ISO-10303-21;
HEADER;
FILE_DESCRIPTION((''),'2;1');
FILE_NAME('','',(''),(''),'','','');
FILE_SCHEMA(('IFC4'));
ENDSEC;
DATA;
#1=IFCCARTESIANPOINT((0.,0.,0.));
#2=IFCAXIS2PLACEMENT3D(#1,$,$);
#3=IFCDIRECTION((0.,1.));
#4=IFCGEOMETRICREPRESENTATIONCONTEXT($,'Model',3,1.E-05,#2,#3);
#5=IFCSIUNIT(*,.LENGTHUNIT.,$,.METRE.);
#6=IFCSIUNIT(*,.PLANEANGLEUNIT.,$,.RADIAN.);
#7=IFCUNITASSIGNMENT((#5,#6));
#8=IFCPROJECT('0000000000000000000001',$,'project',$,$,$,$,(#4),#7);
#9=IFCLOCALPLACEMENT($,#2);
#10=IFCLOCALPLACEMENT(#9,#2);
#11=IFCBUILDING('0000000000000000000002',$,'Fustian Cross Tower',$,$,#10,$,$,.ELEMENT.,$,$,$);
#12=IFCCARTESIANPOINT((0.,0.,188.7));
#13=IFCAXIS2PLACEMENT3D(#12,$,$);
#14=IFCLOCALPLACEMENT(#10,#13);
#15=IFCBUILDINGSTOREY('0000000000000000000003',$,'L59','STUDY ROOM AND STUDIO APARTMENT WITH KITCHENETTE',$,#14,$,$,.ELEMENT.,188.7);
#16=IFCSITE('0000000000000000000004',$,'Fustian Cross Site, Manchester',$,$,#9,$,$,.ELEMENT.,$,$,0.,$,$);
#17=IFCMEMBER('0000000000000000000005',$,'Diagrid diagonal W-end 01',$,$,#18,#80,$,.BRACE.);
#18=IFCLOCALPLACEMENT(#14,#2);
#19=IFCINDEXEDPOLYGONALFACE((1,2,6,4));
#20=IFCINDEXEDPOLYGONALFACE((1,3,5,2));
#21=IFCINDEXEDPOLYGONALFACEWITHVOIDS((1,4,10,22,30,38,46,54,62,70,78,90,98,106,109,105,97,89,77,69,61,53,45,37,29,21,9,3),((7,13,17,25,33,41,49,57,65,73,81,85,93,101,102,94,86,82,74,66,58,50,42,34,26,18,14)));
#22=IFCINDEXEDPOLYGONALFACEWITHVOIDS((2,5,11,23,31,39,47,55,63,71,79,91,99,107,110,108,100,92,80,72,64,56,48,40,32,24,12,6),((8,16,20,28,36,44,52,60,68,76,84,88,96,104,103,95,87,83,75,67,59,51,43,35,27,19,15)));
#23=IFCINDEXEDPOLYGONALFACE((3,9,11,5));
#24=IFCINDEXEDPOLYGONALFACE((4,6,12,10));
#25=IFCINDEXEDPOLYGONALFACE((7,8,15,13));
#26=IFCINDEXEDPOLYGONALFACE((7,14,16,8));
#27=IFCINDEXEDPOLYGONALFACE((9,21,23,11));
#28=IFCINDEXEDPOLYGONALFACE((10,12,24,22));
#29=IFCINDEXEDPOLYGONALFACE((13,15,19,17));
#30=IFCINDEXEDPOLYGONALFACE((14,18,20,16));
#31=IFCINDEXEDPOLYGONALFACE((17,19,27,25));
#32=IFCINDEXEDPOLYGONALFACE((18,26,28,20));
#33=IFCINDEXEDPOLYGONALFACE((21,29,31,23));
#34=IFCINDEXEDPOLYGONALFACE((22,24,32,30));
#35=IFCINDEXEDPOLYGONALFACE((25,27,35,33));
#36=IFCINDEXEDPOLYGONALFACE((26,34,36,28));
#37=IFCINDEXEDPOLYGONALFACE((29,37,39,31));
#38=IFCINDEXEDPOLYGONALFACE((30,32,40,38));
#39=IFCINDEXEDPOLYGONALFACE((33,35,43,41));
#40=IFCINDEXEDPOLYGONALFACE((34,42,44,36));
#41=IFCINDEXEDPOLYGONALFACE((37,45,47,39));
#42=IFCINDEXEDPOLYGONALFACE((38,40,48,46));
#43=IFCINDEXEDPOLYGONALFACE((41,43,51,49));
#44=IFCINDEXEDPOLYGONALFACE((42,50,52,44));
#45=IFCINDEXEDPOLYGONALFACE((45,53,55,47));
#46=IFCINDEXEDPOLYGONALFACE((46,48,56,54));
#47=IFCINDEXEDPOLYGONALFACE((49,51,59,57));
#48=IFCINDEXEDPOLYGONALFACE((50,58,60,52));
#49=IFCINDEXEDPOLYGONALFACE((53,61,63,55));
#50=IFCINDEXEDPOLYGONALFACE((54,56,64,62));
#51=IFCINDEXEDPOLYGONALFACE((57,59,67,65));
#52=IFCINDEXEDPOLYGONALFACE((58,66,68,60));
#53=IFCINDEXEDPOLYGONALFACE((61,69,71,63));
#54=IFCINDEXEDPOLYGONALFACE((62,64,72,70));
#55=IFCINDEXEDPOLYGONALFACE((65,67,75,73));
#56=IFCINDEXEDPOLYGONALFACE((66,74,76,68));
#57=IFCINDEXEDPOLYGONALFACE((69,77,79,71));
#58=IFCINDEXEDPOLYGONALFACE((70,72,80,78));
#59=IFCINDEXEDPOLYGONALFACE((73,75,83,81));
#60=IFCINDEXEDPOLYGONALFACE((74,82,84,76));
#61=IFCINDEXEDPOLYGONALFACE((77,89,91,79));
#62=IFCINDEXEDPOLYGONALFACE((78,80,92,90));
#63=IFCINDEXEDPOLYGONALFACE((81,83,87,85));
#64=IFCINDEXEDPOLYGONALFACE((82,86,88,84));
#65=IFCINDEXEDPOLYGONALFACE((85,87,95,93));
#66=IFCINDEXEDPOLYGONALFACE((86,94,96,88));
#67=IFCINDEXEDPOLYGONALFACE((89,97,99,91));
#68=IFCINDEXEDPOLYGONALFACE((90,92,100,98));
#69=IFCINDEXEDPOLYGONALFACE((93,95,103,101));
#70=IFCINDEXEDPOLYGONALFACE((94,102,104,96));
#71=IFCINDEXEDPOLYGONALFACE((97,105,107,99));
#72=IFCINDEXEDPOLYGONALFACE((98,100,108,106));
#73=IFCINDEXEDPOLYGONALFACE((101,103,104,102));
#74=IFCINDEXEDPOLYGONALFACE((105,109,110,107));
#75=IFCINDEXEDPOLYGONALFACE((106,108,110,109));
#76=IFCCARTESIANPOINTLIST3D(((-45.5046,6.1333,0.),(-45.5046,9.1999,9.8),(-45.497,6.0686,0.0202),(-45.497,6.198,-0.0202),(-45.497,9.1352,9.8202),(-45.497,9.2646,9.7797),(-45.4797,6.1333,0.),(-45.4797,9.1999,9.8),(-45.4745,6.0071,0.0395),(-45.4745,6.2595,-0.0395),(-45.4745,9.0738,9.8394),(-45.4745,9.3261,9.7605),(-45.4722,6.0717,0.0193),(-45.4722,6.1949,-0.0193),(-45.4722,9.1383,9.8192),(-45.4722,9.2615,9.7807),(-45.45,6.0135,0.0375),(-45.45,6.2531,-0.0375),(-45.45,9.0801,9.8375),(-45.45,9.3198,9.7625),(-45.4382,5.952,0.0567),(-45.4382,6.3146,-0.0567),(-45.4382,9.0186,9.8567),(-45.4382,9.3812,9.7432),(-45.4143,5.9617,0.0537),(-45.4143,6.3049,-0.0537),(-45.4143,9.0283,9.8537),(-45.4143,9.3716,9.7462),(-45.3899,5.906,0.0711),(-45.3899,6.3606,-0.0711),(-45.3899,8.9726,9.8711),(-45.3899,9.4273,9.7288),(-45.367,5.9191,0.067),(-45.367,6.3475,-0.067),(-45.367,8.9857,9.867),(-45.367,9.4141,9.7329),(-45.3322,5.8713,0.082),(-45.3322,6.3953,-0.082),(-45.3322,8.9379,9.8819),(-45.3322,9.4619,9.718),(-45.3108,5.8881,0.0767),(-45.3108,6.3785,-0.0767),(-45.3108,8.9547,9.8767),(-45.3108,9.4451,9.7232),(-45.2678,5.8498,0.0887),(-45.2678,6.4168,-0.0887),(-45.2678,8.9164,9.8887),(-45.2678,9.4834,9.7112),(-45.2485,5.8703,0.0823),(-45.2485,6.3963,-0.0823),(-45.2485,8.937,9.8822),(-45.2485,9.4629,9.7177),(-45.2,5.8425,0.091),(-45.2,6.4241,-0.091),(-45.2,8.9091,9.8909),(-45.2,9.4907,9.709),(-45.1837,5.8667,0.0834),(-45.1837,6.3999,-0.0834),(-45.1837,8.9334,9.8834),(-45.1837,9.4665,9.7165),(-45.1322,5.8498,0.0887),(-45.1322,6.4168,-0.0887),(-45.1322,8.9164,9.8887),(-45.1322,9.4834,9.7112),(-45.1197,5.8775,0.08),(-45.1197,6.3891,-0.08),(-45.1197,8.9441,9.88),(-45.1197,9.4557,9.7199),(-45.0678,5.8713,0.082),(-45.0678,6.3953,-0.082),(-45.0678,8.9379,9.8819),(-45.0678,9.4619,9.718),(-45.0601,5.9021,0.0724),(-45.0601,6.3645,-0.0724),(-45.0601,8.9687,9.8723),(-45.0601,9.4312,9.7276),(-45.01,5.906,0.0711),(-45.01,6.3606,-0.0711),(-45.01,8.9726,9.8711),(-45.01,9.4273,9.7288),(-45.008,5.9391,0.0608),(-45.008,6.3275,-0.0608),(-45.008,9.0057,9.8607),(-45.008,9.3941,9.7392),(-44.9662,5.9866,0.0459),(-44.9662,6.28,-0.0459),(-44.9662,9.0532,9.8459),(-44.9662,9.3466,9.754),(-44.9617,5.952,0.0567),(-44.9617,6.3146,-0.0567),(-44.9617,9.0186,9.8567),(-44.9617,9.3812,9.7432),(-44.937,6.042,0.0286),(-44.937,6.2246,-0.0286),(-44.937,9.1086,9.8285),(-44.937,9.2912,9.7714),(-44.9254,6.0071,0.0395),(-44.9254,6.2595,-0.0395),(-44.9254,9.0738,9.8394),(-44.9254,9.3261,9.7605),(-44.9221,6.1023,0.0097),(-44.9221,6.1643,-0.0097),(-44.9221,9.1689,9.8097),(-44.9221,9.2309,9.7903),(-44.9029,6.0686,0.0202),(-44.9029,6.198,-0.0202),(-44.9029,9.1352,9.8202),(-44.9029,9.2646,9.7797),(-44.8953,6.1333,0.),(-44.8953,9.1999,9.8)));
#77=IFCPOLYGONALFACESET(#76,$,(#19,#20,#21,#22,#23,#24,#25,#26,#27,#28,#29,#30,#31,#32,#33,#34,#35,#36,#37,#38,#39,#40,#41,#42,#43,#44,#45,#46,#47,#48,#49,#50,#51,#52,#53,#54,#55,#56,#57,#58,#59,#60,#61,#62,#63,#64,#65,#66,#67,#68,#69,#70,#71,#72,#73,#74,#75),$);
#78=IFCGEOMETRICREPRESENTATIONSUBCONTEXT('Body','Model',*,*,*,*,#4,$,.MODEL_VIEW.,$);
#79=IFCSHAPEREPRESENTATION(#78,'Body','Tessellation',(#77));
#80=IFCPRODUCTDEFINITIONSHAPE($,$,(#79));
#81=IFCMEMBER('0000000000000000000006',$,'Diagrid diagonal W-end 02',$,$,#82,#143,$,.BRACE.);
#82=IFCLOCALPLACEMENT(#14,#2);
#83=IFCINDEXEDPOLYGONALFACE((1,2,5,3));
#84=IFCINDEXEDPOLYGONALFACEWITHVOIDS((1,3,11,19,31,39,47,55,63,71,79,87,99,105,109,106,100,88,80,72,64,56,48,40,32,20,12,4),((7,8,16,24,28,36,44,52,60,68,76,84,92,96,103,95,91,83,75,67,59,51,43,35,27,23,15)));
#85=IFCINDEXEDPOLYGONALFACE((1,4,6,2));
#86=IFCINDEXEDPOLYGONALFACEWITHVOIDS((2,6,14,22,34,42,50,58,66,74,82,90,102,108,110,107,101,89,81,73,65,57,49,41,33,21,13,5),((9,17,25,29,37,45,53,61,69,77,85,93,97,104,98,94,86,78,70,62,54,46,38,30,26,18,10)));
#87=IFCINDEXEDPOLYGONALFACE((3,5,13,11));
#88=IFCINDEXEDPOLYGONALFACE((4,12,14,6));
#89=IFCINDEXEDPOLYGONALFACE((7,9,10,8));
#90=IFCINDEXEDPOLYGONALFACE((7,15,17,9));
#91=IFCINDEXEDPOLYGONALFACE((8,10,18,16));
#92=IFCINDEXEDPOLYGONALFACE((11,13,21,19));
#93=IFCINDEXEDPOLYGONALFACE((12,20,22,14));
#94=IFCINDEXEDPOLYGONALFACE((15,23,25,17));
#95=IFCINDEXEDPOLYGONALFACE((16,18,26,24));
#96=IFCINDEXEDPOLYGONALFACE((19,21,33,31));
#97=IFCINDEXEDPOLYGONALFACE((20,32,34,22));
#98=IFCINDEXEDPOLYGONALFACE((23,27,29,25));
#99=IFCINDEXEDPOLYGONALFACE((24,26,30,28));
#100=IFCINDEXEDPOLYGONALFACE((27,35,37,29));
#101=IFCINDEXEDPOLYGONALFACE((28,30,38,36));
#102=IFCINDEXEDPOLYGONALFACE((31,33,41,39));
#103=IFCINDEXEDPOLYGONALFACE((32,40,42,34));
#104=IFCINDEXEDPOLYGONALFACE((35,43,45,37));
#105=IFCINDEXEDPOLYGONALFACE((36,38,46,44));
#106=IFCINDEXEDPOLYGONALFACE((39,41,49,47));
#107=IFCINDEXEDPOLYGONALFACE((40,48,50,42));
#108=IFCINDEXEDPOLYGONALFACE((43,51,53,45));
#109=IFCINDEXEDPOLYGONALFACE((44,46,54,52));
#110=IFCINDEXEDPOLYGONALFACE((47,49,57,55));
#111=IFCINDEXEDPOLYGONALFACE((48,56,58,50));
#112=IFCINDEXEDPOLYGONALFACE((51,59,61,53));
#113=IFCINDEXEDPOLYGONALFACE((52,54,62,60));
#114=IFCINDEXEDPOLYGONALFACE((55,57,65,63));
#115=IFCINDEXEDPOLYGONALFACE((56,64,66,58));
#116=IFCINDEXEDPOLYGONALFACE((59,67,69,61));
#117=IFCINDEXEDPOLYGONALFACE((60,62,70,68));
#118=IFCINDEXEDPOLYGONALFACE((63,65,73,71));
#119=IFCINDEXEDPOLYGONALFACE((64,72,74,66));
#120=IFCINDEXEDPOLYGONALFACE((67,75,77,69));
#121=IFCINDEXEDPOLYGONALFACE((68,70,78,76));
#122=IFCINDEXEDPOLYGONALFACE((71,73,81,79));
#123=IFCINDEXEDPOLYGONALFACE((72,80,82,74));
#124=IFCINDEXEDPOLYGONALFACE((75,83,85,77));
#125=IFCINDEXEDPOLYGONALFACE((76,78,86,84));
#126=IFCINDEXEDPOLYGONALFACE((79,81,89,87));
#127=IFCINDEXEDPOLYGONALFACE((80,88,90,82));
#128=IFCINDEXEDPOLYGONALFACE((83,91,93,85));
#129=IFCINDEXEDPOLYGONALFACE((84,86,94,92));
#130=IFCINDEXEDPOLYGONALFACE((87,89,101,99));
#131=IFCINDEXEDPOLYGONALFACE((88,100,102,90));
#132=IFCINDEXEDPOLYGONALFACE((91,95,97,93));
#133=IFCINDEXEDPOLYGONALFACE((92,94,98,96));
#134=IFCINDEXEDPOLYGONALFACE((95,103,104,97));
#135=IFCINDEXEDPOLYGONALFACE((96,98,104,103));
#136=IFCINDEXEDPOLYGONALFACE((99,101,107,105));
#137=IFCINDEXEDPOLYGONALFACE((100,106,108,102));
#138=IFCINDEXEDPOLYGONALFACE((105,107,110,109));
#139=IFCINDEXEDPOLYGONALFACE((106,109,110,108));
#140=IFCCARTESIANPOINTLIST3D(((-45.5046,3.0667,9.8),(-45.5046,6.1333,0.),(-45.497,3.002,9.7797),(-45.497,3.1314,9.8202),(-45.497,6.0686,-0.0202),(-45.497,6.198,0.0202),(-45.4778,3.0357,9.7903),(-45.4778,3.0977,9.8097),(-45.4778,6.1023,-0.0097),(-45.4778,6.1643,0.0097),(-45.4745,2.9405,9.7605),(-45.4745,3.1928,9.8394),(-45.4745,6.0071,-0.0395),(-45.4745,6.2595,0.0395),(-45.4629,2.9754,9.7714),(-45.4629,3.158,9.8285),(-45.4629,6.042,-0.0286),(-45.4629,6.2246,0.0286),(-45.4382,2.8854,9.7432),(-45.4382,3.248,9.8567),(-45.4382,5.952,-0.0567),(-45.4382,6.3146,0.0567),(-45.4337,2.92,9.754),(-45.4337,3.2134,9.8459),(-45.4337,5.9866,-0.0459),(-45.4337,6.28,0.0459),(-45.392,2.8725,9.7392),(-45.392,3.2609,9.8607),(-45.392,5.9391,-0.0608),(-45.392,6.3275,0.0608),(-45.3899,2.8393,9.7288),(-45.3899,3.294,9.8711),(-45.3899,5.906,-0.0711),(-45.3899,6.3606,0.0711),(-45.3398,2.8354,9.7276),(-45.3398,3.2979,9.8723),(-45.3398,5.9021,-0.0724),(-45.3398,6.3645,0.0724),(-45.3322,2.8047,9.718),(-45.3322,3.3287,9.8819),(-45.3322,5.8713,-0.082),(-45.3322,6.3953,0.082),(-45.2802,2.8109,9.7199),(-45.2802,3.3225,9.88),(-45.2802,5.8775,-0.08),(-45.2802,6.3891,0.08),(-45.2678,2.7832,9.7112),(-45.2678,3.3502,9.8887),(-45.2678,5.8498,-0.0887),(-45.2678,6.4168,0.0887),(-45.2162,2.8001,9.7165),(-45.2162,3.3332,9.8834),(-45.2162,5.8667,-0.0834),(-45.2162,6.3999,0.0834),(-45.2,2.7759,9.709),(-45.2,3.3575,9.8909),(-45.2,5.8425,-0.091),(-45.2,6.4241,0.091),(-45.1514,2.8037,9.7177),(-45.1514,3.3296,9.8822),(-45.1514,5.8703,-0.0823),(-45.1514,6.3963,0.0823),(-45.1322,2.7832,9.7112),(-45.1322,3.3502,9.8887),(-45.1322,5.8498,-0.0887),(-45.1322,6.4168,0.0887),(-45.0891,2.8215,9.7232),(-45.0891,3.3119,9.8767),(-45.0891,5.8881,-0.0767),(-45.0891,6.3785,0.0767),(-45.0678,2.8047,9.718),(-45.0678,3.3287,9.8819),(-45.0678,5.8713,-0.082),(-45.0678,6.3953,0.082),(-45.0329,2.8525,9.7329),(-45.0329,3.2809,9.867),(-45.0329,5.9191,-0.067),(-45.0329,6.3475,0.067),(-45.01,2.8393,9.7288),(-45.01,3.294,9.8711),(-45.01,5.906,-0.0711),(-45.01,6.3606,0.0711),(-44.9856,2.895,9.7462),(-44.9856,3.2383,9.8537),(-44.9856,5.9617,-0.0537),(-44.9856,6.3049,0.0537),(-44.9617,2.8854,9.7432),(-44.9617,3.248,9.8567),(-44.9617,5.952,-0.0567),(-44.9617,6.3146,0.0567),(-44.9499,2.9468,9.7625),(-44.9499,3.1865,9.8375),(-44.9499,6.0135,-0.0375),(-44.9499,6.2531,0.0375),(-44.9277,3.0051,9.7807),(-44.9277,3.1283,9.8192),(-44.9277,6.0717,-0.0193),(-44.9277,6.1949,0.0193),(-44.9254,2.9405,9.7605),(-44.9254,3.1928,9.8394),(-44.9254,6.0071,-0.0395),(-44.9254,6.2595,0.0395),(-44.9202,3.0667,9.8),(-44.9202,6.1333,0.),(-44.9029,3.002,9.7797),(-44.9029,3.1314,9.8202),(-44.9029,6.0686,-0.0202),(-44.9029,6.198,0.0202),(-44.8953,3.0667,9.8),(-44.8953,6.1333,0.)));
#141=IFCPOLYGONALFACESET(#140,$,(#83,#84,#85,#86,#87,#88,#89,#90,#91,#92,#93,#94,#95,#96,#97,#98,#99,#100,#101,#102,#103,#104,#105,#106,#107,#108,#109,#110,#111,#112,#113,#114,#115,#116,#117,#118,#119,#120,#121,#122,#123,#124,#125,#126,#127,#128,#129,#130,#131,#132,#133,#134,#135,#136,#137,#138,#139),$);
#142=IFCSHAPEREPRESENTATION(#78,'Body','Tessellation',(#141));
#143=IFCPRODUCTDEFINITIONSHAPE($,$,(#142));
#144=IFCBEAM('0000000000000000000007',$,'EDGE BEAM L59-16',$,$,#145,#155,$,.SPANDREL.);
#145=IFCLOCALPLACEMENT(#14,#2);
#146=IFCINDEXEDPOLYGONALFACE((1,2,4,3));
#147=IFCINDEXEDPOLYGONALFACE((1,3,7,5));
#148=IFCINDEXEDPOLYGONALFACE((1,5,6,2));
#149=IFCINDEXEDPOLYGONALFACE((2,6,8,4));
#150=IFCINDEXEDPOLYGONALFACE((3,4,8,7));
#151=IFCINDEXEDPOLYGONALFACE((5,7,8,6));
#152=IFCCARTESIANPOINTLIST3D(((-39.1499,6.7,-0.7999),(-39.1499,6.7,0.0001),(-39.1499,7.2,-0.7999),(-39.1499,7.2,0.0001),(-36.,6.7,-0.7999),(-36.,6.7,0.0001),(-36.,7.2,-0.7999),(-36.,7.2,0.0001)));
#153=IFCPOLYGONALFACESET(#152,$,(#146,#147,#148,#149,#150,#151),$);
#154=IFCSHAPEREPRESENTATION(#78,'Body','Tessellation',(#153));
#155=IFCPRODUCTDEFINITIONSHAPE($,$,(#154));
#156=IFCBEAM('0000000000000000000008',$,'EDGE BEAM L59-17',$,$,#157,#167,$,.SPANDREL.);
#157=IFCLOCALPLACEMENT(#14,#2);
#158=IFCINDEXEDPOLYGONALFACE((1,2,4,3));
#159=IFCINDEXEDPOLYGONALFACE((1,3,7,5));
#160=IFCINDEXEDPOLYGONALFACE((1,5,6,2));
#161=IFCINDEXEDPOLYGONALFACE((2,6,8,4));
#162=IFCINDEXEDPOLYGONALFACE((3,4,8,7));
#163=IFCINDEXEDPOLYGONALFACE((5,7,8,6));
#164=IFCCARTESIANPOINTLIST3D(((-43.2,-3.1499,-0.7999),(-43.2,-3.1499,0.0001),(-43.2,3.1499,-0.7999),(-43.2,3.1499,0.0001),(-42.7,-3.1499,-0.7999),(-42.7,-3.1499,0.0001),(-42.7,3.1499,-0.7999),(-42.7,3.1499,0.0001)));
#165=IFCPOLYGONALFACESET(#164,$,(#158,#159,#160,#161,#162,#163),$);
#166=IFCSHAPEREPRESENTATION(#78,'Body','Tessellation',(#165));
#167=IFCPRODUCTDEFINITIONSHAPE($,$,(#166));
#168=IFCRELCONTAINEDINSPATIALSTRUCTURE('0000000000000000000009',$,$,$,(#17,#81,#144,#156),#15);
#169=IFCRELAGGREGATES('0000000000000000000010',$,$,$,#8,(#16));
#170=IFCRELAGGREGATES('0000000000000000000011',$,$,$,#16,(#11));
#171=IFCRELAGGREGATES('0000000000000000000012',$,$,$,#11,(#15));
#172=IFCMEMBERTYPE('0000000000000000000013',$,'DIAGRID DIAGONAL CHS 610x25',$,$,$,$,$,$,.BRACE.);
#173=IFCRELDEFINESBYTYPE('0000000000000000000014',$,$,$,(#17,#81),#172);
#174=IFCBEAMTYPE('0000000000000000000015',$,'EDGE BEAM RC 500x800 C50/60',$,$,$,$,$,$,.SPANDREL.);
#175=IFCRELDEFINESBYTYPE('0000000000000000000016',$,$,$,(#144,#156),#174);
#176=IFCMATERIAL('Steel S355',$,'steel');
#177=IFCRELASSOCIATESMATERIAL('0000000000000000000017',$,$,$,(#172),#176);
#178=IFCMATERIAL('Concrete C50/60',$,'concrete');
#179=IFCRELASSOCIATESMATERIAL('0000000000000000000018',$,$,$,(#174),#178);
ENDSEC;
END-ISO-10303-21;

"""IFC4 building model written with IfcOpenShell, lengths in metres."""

from ifc_helpers import new_model, si_unit, direction, frame, origin, origin_2d, place, context, subcontext, project, spatial, rectangle, hollow_circle, extrude, material, material_profile, profile_set, type_object, element, save


model = new_model("IFC4")

# Units and contexts
model_context = context("Model", 3, precision=1e-05, world=origin(), true_north=direction((0.0, 1.0)))
body_context = subcontext(model_context, "Body", "Model", "MODEL_VIEW")
ifc_project = project(units=[si_unit("LENGTHUNIT", "METRE"), si_unit("PLANEANGLEUNIT", "RADIAN")], contexts=[model_context])

# Site, building, storey
site_placement = place(None, origin())
site = spatial("IfcSite", under=ifc_project, at=site_placement, Name="Fustian Cross Site, Manchester", CompositionType="ELEMENT", RefElevation=0.0)
building_placement = place(site_placement, origin())
building = spatial("IfcBuilding", under=site, at=building_placement, Name="Fustian Cross Tower", CompositionType="ELEMENT")
storey_placement = place(building_placement, frame((0.0, 0.0, 188.7)))
storey = spatial("IfcBuildingStorey", under=building, at=storey_placement, Name="L59", Description="STUDY ROOM AND STUDIO APARTMENT WITH KITCHENETTE", CompositionType="ELEMENT", Elevation=188.7)

# Members
ifc_material_1 = material(Name="Steel S355", Category="steel")
ifc_material_profile_1 = material_profile(ifc_material_1, hollow_circle(Radius=0.3047, WallThickness=0.0249, at=origin_2d()), Name="CHS 610x25")
ifc_profile_set_1 = profile_set([ifc_material_profile_1], Name="Steel S355")
member_type_1 = type_object("IfcMemberType", Name="DIAGRID DIAGONAL CHS 610x25", PredefinedType="BRACE", material=ifc_profile_set_1)
for number, where, z_axis, x_axis, name in (
    (1, (-45.2, 6.1333, 0.0), (0.0, 0.298642, 0.954365), (-1.0, 0.0, 0.0), "Diagrid diagonal W-end 01"),
    (2, (-45.2, 6.1333, 0.0), (0.0, -0.298642, 0.954365), (1.0, 0.0, 0.0), "Diagrid diagonal W-end 02"),
):
    element("IfcMember", number, at=place(storey_placement, frame(where, z_axis=z_axis, x_axis=x_axis)), inside=storey, type_object=member_type_1, Name=name, PredefinedType="BRACE", context=body_context, shape_type="SweptSolid", body=[
        extrude(hollow_circle(Radius=0.3047, WallThickness=0.0249, at=origin_2d()), origin(), (0.0, 0.0, 1.0), 10.2686),
    ])

# Beams
ifc_material_2 = material(Name="Concrete C50/60", Category="concrete")
ifc_material_profile_2 = material_profile(ifc_material_2, rectangle(XDim=0.5, YDim=0.8, at=origin_2d()), Name="RC 500x800")
ifc_profile_set_2 = profile_set([ifc_material_profile_2], Name="Concrete C50/60")
beam_type = type_object("IfcBeamType", Name="EDGE BEAM RC 500x800 C50/60", PredefinedType="SPANDREL", material=ifc_profile_set_2)
beam_1_placement = place(storey_placement, frame((-36.0, 6.95, -0.3999), z_axis=(-1.0, 0.0, 0.0), x_axis=(0.0, -1.0, 0.0)))
element("IfcBeam", 3, at=beam_1_placement, inside=storey, type_object=beam_type, Name="EDGE BEAM L59-16", PredefinedType="SPANDREL", context=body_context, shape_type="SweptSolid", body=[
    extrude(rectangle(XDim=0.5, YDim=0.8, at=origin_2d()), origin(), (0.0, 0.0, 1.0), 3.1499),
])
beam_2_placement = place(storey_placement, frame((-42.95, 3.1499, -0.3999), z_axis=(0.0, -1.0, 0.0), x_axis=(1.0, 0.0, 0.0)))
element("IfcBeam", 4, at=beam_2_placement, inside=storey, type_object=beam_type, Name="EDGE BEAM L59-17", PredefinedType="SPANDREL", context=body_context, shape_type="SweptSolid", body=[
    extrude(rectangle(XDim=0.5, YDim=0.8, at=origin_2d()), origin(), (0.0, 0.0, 1.0), 6.2998),
])

save(model, "model.ifc")
